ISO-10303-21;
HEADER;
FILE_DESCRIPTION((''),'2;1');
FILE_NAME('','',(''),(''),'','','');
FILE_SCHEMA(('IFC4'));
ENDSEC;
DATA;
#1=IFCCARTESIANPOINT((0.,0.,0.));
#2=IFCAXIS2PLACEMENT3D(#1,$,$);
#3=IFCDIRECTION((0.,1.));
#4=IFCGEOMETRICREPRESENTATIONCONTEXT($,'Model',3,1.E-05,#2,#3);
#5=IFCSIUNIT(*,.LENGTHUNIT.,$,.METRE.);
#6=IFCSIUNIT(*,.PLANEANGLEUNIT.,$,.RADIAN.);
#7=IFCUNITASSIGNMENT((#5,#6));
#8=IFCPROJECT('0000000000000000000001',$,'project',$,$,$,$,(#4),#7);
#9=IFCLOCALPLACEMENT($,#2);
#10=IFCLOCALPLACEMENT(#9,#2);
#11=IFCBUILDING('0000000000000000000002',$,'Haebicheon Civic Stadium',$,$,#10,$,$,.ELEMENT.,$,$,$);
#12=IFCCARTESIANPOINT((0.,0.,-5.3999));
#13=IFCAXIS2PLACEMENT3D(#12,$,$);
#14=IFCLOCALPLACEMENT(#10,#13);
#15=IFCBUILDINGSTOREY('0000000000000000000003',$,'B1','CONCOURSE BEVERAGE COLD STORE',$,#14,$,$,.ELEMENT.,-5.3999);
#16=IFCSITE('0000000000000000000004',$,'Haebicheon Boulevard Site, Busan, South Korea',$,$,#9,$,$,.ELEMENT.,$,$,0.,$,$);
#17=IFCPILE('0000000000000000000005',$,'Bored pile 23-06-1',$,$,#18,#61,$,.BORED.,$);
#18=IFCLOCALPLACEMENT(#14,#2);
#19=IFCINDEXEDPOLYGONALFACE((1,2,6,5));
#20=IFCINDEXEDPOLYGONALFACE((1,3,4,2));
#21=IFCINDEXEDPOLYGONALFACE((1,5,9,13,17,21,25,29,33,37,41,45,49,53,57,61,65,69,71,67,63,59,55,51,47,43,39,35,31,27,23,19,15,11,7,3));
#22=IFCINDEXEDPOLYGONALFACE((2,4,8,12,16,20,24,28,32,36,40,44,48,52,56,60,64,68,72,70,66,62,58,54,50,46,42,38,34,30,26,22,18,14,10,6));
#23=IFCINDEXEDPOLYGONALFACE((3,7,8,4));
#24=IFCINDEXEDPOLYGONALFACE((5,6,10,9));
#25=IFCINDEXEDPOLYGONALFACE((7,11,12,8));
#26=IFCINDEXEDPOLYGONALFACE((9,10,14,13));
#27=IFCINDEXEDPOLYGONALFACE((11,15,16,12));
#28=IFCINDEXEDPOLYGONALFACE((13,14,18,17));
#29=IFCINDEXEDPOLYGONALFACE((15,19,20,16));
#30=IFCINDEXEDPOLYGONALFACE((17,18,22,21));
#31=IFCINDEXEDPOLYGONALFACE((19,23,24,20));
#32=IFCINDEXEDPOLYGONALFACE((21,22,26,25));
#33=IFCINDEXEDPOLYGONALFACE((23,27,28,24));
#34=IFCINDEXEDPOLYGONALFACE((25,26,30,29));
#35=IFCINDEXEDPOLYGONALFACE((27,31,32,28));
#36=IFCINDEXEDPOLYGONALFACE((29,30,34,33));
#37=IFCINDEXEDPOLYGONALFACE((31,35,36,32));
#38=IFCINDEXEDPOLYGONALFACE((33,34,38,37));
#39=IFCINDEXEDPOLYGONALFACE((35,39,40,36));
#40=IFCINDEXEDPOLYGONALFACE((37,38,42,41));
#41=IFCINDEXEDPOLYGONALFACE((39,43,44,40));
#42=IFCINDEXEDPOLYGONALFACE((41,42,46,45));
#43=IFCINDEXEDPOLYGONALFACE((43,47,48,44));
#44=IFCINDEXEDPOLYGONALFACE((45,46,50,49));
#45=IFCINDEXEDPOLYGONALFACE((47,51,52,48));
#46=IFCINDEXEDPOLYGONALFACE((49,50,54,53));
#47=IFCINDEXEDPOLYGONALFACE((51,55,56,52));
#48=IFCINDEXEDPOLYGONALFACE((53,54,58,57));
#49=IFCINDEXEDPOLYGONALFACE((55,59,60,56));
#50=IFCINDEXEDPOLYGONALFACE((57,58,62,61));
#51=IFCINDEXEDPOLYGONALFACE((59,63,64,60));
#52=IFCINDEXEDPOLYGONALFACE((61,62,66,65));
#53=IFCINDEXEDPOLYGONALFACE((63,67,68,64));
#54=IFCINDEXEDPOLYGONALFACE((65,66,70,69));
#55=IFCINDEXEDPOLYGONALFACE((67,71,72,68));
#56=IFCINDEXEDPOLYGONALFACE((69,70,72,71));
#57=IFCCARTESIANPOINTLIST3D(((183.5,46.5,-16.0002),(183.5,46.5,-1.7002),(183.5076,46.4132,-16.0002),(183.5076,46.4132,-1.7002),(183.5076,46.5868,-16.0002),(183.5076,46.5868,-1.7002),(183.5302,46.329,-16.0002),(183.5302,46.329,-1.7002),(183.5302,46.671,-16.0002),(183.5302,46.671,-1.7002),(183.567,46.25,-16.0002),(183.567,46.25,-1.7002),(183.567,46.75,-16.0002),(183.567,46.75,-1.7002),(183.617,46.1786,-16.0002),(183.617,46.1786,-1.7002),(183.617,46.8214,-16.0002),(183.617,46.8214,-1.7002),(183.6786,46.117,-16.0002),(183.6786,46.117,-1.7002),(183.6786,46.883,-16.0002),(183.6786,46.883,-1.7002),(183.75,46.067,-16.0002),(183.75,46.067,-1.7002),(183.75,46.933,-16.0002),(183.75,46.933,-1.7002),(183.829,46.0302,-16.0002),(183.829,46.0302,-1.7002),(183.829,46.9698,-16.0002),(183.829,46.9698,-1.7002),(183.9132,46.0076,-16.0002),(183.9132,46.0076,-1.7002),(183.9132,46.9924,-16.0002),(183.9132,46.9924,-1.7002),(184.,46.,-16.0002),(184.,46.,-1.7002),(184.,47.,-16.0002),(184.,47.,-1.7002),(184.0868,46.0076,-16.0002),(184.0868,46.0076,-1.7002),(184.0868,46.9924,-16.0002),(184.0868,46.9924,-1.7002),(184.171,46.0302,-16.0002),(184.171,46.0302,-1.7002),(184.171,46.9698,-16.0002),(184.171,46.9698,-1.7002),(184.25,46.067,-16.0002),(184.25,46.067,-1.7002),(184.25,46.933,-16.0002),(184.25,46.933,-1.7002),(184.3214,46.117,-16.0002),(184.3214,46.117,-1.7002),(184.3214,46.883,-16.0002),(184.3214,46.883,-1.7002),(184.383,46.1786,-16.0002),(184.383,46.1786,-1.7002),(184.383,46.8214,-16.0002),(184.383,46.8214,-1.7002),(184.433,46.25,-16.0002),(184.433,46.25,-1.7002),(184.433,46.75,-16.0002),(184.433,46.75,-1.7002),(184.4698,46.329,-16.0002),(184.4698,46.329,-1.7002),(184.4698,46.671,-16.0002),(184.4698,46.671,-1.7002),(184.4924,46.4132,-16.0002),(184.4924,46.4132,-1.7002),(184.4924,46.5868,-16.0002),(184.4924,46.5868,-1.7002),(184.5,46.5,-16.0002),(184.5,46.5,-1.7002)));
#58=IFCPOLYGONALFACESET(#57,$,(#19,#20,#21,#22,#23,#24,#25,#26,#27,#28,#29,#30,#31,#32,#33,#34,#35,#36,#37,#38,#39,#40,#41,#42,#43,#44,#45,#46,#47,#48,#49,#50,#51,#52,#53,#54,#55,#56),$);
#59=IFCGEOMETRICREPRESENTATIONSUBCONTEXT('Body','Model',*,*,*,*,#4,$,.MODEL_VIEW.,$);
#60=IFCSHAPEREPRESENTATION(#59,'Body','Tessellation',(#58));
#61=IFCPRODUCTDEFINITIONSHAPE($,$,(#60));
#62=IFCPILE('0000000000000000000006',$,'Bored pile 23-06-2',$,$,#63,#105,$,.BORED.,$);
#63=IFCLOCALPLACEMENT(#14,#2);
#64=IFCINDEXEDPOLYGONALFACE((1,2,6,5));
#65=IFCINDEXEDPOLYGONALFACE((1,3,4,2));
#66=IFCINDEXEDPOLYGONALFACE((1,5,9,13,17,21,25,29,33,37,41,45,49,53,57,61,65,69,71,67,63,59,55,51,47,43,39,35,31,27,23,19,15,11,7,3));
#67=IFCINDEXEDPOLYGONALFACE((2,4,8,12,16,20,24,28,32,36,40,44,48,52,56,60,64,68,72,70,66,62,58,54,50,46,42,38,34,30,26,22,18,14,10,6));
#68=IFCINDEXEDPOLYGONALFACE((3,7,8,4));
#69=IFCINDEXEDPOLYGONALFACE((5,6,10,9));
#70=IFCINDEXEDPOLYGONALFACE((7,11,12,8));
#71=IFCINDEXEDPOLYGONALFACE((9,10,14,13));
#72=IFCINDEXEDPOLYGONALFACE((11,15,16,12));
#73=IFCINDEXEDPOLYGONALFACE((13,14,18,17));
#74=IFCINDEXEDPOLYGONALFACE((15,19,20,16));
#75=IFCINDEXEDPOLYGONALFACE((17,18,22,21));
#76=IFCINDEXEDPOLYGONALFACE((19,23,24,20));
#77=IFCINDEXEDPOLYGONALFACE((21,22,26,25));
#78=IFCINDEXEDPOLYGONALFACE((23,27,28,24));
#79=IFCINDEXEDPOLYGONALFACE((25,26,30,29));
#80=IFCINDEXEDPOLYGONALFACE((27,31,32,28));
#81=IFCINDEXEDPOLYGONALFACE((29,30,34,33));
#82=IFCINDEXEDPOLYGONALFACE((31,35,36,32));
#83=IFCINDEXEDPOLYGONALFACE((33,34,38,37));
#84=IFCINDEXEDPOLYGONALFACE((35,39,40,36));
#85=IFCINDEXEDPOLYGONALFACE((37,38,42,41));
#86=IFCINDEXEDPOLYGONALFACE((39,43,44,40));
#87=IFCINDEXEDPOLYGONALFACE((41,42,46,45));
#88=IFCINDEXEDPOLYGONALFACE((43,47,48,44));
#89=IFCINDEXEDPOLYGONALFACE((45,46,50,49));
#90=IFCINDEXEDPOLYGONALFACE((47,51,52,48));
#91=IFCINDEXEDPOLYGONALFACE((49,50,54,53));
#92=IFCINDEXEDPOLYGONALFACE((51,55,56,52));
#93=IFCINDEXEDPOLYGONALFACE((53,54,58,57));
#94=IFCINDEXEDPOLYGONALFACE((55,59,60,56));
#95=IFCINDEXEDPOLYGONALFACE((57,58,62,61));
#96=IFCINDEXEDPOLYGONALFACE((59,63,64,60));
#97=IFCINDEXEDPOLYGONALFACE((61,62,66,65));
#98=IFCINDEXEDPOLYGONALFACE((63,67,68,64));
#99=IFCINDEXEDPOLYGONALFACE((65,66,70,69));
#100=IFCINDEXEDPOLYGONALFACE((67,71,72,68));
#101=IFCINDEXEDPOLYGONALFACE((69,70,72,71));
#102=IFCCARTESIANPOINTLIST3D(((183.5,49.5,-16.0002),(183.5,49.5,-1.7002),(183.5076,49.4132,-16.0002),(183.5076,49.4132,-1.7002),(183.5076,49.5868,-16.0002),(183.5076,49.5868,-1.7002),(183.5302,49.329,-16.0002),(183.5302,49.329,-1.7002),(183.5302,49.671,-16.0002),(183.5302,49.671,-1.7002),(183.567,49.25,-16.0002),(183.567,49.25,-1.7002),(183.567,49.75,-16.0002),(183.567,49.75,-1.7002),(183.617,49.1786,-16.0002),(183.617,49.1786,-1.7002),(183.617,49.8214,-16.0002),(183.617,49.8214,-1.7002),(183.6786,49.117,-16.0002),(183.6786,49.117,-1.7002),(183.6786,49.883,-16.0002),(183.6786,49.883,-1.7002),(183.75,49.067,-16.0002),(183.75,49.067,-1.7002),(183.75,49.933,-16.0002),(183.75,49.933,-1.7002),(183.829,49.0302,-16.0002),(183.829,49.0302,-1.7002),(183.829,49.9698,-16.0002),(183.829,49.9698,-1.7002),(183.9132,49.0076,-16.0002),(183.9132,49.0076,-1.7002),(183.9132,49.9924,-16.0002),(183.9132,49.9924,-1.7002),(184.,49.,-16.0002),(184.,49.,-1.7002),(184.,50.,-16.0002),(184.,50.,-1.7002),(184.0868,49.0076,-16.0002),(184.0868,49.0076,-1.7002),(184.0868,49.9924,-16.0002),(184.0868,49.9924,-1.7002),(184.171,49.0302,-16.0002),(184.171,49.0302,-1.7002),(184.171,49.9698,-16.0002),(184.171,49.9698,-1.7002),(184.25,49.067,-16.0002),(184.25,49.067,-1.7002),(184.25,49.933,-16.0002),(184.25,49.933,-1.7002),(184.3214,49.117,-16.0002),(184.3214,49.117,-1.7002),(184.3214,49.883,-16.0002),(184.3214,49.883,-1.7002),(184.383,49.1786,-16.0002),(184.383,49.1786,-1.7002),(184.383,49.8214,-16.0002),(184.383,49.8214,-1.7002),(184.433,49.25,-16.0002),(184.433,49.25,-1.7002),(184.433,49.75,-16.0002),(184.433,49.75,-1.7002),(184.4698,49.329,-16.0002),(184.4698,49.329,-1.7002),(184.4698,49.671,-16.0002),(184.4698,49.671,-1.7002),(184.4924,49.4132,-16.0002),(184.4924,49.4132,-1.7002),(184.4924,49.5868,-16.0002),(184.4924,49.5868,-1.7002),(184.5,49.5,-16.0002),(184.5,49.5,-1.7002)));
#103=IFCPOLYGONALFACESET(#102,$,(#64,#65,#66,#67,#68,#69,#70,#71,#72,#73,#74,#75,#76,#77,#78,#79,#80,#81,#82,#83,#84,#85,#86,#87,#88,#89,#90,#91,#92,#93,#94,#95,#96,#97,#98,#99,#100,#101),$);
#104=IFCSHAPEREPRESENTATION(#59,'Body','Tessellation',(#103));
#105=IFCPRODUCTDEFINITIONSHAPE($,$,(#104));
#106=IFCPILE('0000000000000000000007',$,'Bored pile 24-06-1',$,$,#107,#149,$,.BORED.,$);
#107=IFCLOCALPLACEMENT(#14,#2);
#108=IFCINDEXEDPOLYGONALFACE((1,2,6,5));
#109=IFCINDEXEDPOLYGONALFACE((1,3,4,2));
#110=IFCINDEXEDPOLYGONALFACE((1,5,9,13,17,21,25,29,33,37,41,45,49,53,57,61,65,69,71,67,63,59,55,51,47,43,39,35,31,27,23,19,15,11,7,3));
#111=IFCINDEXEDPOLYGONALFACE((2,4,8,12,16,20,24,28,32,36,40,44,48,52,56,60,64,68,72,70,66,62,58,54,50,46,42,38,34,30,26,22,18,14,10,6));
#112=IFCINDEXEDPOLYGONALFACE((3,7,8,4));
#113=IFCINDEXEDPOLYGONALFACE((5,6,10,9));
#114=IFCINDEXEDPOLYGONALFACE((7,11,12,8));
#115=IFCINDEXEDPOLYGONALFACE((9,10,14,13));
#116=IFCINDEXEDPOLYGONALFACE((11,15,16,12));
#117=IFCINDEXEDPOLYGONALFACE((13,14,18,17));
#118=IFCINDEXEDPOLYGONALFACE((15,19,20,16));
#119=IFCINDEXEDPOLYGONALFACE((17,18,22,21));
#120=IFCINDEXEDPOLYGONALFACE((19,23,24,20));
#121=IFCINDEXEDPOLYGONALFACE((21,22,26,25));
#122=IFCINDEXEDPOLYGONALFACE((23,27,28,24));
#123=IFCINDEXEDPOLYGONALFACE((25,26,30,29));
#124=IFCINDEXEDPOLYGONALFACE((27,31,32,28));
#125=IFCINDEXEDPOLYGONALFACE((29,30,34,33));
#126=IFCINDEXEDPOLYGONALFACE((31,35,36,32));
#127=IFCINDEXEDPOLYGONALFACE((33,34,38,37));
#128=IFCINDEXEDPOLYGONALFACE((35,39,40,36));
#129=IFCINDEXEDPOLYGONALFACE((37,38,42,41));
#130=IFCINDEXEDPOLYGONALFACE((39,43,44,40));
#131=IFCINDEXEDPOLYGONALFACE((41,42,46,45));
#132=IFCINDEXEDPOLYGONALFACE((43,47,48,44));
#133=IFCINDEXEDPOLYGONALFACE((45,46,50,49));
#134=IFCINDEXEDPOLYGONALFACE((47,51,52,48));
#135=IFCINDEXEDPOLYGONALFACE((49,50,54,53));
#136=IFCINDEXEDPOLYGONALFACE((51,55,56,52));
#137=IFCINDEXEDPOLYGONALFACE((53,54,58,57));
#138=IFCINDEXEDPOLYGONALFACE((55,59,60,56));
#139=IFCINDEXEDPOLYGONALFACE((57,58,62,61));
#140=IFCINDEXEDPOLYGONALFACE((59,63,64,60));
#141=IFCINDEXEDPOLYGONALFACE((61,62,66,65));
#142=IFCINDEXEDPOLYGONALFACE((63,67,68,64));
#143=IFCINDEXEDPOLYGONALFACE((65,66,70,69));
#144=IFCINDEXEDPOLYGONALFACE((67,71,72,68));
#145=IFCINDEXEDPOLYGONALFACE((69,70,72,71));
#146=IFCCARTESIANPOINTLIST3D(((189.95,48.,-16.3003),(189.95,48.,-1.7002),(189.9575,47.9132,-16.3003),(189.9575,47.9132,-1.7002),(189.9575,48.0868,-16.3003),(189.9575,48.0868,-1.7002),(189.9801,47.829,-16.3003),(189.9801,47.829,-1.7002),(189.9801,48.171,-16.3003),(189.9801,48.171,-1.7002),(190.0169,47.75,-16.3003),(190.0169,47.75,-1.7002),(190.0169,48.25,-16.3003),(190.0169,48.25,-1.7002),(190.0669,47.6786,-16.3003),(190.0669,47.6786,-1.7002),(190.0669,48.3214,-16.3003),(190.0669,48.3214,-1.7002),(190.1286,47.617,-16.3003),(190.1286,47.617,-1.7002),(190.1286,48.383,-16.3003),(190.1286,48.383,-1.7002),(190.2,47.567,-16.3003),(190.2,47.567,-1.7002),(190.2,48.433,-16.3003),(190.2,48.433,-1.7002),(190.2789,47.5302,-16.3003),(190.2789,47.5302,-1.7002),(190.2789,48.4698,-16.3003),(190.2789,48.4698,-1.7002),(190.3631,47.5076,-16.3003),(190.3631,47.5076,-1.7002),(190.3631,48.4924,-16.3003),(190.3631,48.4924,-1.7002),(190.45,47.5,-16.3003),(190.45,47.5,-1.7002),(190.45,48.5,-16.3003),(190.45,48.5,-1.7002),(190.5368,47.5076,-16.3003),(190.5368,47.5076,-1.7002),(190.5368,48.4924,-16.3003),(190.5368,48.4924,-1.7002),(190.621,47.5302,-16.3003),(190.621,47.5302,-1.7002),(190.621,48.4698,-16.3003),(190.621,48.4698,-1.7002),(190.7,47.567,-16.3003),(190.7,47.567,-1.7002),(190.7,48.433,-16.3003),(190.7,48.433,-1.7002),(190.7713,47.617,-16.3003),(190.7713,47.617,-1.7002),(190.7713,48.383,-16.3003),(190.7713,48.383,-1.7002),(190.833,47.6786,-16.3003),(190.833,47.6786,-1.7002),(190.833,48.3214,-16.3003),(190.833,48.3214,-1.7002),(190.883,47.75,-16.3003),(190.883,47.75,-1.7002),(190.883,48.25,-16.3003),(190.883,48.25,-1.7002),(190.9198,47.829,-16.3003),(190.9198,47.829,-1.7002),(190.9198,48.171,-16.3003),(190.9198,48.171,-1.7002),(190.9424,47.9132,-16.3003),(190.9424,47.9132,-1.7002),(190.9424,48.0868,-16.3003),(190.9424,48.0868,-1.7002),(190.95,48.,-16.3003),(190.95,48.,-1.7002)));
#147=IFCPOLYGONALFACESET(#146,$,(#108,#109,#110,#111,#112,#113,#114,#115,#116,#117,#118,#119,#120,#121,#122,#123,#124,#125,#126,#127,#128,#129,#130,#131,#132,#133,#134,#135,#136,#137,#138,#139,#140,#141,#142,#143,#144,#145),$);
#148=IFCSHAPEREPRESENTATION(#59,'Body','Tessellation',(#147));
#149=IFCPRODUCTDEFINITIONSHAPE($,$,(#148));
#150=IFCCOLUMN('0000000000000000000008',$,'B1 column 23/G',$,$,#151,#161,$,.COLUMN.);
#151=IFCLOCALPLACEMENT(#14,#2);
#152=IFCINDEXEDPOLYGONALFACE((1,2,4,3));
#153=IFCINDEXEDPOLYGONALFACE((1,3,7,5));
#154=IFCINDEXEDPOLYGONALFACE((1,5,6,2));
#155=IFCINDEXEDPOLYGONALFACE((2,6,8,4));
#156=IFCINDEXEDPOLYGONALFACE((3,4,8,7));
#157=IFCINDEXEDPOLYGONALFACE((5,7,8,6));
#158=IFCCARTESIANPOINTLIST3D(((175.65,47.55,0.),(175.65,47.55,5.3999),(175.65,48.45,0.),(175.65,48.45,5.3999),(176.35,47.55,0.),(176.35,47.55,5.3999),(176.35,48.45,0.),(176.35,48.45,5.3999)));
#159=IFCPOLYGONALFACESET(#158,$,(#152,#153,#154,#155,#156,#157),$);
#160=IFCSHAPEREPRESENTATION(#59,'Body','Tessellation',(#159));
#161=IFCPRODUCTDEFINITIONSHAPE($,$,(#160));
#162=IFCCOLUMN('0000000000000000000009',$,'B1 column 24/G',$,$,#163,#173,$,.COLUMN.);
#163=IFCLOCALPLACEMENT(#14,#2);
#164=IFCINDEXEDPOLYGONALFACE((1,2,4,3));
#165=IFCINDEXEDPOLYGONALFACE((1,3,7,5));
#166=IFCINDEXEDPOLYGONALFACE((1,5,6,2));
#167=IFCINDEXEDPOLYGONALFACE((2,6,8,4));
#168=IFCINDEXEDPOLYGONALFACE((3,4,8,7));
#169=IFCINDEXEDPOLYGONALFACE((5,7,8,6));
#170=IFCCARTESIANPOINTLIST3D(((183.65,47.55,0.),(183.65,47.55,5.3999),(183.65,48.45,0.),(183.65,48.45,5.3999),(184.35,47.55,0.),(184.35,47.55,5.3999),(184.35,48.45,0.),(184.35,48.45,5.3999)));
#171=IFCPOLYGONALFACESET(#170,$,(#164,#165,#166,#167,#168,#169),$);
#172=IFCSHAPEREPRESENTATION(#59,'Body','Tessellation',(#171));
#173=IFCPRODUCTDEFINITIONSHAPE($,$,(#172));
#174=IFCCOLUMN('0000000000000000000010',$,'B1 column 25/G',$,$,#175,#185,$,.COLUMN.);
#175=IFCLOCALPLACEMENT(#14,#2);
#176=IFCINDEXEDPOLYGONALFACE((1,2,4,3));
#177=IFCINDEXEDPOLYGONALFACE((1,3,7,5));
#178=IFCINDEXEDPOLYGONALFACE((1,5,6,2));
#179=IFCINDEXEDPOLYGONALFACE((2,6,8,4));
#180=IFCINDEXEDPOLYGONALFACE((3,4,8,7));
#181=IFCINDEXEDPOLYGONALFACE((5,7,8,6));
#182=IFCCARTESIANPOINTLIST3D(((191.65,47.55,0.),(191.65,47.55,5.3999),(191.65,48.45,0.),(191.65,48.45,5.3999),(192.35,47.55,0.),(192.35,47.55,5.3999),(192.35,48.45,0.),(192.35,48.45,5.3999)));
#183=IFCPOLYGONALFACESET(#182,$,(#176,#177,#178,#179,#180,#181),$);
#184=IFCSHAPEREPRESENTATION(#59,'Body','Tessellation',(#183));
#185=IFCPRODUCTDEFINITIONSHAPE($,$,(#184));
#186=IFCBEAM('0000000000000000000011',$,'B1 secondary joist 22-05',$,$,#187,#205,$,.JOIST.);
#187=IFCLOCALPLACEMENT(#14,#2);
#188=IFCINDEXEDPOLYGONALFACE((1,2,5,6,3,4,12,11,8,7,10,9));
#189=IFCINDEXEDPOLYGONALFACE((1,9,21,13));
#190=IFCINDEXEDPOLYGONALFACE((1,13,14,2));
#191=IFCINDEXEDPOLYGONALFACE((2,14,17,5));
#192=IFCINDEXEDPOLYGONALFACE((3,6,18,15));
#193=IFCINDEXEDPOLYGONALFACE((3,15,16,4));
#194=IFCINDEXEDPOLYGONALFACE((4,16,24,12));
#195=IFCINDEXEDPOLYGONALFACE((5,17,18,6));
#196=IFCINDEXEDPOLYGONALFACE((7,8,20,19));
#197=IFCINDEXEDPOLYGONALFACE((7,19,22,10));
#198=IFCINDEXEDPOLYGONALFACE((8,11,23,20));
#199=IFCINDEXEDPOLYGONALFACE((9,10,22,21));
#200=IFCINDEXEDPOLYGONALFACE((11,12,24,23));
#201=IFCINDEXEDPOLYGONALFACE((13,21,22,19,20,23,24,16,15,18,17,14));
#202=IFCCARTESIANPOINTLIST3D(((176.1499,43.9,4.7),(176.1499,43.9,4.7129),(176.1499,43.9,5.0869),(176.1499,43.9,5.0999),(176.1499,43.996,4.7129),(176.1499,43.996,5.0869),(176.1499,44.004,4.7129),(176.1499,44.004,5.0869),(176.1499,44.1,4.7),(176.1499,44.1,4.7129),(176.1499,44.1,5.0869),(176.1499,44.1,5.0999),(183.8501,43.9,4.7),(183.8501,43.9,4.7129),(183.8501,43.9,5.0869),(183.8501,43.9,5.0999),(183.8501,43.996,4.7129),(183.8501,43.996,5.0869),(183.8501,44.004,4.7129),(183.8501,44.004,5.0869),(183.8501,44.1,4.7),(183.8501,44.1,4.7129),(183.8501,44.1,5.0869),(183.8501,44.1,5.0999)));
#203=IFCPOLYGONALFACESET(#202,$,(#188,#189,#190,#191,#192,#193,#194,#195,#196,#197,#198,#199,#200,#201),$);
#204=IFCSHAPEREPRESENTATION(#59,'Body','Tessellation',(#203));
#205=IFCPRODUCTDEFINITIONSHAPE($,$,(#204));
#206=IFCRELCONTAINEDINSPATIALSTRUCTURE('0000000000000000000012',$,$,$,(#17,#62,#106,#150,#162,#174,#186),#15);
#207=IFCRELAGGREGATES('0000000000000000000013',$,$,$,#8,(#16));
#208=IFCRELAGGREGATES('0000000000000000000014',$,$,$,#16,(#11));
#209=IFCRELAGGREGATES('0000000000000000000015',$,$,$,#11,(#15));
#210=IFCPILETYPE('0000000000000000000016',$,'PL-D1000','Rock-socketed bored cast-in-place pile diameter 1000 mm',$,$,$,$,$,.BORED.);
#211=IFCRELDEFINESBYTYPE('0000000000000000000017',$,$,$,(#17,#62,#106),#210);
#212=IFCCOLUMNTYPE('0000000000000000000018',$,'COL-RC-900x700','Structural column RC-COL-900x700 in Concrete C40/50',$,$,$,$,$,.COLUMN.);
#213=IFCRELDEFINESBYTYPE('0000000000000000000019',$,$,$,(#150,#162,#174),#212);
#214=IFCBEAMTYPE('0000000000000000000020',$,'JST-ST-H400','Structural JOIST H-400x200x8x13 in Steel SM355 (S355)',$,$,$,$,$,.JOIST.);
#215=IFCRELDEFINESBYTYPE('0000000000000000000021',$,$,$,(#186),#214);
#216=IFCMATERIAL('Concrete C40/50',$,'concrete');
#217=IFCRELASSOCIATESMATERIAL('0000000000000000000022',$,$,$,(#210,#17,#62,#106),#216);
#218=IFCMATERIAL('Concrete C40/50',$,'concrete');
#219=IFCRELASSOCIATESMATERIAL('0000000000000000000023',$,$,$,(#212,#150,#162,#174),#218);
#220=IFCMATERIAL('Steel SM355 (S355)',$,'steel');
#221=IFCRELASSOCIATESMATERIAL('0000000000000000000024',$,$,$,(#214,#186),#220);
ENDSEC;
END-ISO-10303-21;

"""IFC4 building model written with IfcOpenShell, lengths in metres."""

from ifc_helpers import new_model, si_unit, direction, frame, origin, origin_2d, place, context, subcontext, project, spatial, rectangle, circle, i_section, extrude, material, material_profile, profile_set, type_object, element, save


model = new_model("IFC4")

# Units and contexts
model_context = context("Model", 3, precision=1e-05, world=origin(), true_north=direction((0.0, 1.0)))
body_context = subcontext(model_context, "Body", "Model", "MODEL_VIEW")
ifc_project = project(units=[si_unit("LENGTHUNIT", "METRE"), si_unit("PLANEANGLEUNIT", "RADIAN")], contexts=[model_context])

# Site, building, storey
site_placement = place(None, origin())
site = spatial("IfcSite", under=ifc_project, at=site_placement, Name="Haebicheon Boulevard Site, Busan, South Korea", CompositionType="ELEMENT", RefElevation=0.0)
building_placement = place(site_placement, origin())
building = spatial("IfcBuilding", under=site, at=building_placement, Name="Haebicheon Civic Stadium", CompositionType="ELEMENT")
storey_placement = place(building_placement, frame((0.0, 0.0, -5.3999)))
storey = spatial("IfcBuildingStorey", under=building, at=storey_placement, Name="B1", Description="CONCOURSE BEVERAGE COLD STORE", CompositionType="ELEMENT", Elevation=-5.3999)

# Piles
ifc_material_1 = material(Name="Concrete C40/50", Category="concrete")
ifc_material_profile_1 = material_profile(ifc_material_1, circle(Radius=0.5, at=origin_2d()), Name="PILE-D1000")
ifc_profile_set_1 = profile_set([ifc_material_profile_1], Name="Concrete C40/50")
pile_type = type_object("IfcPileType", Name="PL-D1000", Description="Rock-socketed bored cast-in-place pile diameter 1000 mm", PredefinedType="BORED", material=ifc_profile_set_1)
for number, where, z_axis, x_axis, name in (
    (1, (184.0, 46.5, -1.7002), (0.0, 0.0, -1.0), (1.0, 0.0, 0.0), "Bored pile 23-06-1"),
    (2, (184.0, 49.5, -1.7002), (0.0, 0.0, -1.0), (1.0, 0.0, 0.0), "Bored pile 23-06-2"),
):
    element("IfcPile", number, at=place(storey_placement, frame(where, z_axis=z_axis, x_axis=x_axis)), inside=storey, type_object=pile_type, material=ifc_profile_set_1, Name=name, PredefinedType="BORED", context=body_context, shape_type="SweptSolid", body=[
        extrude(circle(Radius=0.5, at=origin_2d()), origin(), (0.0, 0.0, 1.0), 14.3),
    ])
pile_placement = place(storey_placement, frame((190.45, 48.0, -1.7002), z_axis=(0.0, 0.0, -1.0), x_axis=(1.0, 0.0, 0.0)))
element("IfcPile", 3, at=pile_placement, inside=storey, type_object=pile_type, material=ifc_profile_set_1, Name="Bored pile 24-06-1", PredefinedType="BORED", context=body_context, shape_type="SweptSolid", body=[
    extrude(circle(Radius=0.5, at=origin_2d()), origin(), (0.0, 0.0, 1.0), 14.6001),
])

# Columns
ifc_material_2 = material(Name="Concrete C40/50", Category="concrete")
ifc_material_profile_2 = material_profile(ifc_material_2, rectangle(XDim=0.7, YDim=0.8999, at=origin_2d()), Name="RC-COL-900x700")
ifc_profile_set_2 = profile_set([ifc_material_profile_2], Name="Concrete C40/50")
column_type = type_object("IfcColumnType", Name="COL-RC-900x700", Description="Structural column RC-COL-900x700 in Concrete C40/50", PredefinedType="COLUMN", material=ifc_profile_set_2)
for number, where, z_axis, x_axis, name in (
    (4, (176.0, 48.0, 0.0), (0.0, 0.0, 1.0), (1.0, 0.0, 0.0), "B1 column 23/G"),
    (5, (184.0, 48.0, 0.0), (0.0, 0.0, 1.0), (1.0, 0.0, 0.0), "B1 column 24/G"),
    (6, (192.0, 48.0, 0.0), (0.0, 0.0, 1.0), (1.0, 0.0, 0.0), "B1 column 25/G"),
):
    element("IfcColumn", number, at=place(storey_placement, frame(where, z_axis=z_axis, x_axis=x_axis)), inside=storey, type_object=column_type, material=ifc_profile_set_2, Name=name, PredefinedType="COLUMN", context=body_context, shape_type="SweptSolid", body=[
        extrude(rectangle(XDim=0.7, YDim=0.8999, at=origin_2d()), origin(), (0.0, 0.0, 1.0), 5.3999),
    ])

# Beam
ifc_material_3 = material(Name="Steel SM355 (S355)", Category="steel")
ifc_material_profile_3 = material_profile(ifc_material_3, i_section(OverallWidth=0.2, OverallDepth=0.3999, WebThickness=0.0081, FlangeThickness=0.0129, at=origin_2d()), Name="H-400x200x8x13")
ifc_profile_set_3 = profile_set([ifc_material_profile_3], Name="Steel SM355 (S355)")
beam_type_1 = type_object("IfcBeamType", Name="JST-ST-H400", Description="Structural JOIST H-400x200x8x13 in Steel SM355 (S355)", PredefinedType="JOIST", material=ifc_profile_set_3)
for number, where, z_axis, x_axis, name in (
    (7, (176.1499, 44.0, 4.8999), (1.0, 0.0, 0.0), (0.0, 1.0, 0.0), "B1 secondary joist 22-05"),
):
    element("IfcBeam", number, at=place(storey_placement, frame(where, z_axis=z_axis, x_axis=x_axis)), inside=storey, type_object=beam_type_1, material=ifc_profile_set_3, Name=name, PredefinedType="JOIST", context=body_context, shape_type="SweptSolid", body=[
        extrude(i_section(OverallWidth=0.2, OverallDepth=0.3999, WebThickness=0.0081, FlangeThickness=0.0129, at=origin_2d()), origin(), (0.0, 0.0, 1.0), 7.7002),
    ])

save(model, "model.ifc")
